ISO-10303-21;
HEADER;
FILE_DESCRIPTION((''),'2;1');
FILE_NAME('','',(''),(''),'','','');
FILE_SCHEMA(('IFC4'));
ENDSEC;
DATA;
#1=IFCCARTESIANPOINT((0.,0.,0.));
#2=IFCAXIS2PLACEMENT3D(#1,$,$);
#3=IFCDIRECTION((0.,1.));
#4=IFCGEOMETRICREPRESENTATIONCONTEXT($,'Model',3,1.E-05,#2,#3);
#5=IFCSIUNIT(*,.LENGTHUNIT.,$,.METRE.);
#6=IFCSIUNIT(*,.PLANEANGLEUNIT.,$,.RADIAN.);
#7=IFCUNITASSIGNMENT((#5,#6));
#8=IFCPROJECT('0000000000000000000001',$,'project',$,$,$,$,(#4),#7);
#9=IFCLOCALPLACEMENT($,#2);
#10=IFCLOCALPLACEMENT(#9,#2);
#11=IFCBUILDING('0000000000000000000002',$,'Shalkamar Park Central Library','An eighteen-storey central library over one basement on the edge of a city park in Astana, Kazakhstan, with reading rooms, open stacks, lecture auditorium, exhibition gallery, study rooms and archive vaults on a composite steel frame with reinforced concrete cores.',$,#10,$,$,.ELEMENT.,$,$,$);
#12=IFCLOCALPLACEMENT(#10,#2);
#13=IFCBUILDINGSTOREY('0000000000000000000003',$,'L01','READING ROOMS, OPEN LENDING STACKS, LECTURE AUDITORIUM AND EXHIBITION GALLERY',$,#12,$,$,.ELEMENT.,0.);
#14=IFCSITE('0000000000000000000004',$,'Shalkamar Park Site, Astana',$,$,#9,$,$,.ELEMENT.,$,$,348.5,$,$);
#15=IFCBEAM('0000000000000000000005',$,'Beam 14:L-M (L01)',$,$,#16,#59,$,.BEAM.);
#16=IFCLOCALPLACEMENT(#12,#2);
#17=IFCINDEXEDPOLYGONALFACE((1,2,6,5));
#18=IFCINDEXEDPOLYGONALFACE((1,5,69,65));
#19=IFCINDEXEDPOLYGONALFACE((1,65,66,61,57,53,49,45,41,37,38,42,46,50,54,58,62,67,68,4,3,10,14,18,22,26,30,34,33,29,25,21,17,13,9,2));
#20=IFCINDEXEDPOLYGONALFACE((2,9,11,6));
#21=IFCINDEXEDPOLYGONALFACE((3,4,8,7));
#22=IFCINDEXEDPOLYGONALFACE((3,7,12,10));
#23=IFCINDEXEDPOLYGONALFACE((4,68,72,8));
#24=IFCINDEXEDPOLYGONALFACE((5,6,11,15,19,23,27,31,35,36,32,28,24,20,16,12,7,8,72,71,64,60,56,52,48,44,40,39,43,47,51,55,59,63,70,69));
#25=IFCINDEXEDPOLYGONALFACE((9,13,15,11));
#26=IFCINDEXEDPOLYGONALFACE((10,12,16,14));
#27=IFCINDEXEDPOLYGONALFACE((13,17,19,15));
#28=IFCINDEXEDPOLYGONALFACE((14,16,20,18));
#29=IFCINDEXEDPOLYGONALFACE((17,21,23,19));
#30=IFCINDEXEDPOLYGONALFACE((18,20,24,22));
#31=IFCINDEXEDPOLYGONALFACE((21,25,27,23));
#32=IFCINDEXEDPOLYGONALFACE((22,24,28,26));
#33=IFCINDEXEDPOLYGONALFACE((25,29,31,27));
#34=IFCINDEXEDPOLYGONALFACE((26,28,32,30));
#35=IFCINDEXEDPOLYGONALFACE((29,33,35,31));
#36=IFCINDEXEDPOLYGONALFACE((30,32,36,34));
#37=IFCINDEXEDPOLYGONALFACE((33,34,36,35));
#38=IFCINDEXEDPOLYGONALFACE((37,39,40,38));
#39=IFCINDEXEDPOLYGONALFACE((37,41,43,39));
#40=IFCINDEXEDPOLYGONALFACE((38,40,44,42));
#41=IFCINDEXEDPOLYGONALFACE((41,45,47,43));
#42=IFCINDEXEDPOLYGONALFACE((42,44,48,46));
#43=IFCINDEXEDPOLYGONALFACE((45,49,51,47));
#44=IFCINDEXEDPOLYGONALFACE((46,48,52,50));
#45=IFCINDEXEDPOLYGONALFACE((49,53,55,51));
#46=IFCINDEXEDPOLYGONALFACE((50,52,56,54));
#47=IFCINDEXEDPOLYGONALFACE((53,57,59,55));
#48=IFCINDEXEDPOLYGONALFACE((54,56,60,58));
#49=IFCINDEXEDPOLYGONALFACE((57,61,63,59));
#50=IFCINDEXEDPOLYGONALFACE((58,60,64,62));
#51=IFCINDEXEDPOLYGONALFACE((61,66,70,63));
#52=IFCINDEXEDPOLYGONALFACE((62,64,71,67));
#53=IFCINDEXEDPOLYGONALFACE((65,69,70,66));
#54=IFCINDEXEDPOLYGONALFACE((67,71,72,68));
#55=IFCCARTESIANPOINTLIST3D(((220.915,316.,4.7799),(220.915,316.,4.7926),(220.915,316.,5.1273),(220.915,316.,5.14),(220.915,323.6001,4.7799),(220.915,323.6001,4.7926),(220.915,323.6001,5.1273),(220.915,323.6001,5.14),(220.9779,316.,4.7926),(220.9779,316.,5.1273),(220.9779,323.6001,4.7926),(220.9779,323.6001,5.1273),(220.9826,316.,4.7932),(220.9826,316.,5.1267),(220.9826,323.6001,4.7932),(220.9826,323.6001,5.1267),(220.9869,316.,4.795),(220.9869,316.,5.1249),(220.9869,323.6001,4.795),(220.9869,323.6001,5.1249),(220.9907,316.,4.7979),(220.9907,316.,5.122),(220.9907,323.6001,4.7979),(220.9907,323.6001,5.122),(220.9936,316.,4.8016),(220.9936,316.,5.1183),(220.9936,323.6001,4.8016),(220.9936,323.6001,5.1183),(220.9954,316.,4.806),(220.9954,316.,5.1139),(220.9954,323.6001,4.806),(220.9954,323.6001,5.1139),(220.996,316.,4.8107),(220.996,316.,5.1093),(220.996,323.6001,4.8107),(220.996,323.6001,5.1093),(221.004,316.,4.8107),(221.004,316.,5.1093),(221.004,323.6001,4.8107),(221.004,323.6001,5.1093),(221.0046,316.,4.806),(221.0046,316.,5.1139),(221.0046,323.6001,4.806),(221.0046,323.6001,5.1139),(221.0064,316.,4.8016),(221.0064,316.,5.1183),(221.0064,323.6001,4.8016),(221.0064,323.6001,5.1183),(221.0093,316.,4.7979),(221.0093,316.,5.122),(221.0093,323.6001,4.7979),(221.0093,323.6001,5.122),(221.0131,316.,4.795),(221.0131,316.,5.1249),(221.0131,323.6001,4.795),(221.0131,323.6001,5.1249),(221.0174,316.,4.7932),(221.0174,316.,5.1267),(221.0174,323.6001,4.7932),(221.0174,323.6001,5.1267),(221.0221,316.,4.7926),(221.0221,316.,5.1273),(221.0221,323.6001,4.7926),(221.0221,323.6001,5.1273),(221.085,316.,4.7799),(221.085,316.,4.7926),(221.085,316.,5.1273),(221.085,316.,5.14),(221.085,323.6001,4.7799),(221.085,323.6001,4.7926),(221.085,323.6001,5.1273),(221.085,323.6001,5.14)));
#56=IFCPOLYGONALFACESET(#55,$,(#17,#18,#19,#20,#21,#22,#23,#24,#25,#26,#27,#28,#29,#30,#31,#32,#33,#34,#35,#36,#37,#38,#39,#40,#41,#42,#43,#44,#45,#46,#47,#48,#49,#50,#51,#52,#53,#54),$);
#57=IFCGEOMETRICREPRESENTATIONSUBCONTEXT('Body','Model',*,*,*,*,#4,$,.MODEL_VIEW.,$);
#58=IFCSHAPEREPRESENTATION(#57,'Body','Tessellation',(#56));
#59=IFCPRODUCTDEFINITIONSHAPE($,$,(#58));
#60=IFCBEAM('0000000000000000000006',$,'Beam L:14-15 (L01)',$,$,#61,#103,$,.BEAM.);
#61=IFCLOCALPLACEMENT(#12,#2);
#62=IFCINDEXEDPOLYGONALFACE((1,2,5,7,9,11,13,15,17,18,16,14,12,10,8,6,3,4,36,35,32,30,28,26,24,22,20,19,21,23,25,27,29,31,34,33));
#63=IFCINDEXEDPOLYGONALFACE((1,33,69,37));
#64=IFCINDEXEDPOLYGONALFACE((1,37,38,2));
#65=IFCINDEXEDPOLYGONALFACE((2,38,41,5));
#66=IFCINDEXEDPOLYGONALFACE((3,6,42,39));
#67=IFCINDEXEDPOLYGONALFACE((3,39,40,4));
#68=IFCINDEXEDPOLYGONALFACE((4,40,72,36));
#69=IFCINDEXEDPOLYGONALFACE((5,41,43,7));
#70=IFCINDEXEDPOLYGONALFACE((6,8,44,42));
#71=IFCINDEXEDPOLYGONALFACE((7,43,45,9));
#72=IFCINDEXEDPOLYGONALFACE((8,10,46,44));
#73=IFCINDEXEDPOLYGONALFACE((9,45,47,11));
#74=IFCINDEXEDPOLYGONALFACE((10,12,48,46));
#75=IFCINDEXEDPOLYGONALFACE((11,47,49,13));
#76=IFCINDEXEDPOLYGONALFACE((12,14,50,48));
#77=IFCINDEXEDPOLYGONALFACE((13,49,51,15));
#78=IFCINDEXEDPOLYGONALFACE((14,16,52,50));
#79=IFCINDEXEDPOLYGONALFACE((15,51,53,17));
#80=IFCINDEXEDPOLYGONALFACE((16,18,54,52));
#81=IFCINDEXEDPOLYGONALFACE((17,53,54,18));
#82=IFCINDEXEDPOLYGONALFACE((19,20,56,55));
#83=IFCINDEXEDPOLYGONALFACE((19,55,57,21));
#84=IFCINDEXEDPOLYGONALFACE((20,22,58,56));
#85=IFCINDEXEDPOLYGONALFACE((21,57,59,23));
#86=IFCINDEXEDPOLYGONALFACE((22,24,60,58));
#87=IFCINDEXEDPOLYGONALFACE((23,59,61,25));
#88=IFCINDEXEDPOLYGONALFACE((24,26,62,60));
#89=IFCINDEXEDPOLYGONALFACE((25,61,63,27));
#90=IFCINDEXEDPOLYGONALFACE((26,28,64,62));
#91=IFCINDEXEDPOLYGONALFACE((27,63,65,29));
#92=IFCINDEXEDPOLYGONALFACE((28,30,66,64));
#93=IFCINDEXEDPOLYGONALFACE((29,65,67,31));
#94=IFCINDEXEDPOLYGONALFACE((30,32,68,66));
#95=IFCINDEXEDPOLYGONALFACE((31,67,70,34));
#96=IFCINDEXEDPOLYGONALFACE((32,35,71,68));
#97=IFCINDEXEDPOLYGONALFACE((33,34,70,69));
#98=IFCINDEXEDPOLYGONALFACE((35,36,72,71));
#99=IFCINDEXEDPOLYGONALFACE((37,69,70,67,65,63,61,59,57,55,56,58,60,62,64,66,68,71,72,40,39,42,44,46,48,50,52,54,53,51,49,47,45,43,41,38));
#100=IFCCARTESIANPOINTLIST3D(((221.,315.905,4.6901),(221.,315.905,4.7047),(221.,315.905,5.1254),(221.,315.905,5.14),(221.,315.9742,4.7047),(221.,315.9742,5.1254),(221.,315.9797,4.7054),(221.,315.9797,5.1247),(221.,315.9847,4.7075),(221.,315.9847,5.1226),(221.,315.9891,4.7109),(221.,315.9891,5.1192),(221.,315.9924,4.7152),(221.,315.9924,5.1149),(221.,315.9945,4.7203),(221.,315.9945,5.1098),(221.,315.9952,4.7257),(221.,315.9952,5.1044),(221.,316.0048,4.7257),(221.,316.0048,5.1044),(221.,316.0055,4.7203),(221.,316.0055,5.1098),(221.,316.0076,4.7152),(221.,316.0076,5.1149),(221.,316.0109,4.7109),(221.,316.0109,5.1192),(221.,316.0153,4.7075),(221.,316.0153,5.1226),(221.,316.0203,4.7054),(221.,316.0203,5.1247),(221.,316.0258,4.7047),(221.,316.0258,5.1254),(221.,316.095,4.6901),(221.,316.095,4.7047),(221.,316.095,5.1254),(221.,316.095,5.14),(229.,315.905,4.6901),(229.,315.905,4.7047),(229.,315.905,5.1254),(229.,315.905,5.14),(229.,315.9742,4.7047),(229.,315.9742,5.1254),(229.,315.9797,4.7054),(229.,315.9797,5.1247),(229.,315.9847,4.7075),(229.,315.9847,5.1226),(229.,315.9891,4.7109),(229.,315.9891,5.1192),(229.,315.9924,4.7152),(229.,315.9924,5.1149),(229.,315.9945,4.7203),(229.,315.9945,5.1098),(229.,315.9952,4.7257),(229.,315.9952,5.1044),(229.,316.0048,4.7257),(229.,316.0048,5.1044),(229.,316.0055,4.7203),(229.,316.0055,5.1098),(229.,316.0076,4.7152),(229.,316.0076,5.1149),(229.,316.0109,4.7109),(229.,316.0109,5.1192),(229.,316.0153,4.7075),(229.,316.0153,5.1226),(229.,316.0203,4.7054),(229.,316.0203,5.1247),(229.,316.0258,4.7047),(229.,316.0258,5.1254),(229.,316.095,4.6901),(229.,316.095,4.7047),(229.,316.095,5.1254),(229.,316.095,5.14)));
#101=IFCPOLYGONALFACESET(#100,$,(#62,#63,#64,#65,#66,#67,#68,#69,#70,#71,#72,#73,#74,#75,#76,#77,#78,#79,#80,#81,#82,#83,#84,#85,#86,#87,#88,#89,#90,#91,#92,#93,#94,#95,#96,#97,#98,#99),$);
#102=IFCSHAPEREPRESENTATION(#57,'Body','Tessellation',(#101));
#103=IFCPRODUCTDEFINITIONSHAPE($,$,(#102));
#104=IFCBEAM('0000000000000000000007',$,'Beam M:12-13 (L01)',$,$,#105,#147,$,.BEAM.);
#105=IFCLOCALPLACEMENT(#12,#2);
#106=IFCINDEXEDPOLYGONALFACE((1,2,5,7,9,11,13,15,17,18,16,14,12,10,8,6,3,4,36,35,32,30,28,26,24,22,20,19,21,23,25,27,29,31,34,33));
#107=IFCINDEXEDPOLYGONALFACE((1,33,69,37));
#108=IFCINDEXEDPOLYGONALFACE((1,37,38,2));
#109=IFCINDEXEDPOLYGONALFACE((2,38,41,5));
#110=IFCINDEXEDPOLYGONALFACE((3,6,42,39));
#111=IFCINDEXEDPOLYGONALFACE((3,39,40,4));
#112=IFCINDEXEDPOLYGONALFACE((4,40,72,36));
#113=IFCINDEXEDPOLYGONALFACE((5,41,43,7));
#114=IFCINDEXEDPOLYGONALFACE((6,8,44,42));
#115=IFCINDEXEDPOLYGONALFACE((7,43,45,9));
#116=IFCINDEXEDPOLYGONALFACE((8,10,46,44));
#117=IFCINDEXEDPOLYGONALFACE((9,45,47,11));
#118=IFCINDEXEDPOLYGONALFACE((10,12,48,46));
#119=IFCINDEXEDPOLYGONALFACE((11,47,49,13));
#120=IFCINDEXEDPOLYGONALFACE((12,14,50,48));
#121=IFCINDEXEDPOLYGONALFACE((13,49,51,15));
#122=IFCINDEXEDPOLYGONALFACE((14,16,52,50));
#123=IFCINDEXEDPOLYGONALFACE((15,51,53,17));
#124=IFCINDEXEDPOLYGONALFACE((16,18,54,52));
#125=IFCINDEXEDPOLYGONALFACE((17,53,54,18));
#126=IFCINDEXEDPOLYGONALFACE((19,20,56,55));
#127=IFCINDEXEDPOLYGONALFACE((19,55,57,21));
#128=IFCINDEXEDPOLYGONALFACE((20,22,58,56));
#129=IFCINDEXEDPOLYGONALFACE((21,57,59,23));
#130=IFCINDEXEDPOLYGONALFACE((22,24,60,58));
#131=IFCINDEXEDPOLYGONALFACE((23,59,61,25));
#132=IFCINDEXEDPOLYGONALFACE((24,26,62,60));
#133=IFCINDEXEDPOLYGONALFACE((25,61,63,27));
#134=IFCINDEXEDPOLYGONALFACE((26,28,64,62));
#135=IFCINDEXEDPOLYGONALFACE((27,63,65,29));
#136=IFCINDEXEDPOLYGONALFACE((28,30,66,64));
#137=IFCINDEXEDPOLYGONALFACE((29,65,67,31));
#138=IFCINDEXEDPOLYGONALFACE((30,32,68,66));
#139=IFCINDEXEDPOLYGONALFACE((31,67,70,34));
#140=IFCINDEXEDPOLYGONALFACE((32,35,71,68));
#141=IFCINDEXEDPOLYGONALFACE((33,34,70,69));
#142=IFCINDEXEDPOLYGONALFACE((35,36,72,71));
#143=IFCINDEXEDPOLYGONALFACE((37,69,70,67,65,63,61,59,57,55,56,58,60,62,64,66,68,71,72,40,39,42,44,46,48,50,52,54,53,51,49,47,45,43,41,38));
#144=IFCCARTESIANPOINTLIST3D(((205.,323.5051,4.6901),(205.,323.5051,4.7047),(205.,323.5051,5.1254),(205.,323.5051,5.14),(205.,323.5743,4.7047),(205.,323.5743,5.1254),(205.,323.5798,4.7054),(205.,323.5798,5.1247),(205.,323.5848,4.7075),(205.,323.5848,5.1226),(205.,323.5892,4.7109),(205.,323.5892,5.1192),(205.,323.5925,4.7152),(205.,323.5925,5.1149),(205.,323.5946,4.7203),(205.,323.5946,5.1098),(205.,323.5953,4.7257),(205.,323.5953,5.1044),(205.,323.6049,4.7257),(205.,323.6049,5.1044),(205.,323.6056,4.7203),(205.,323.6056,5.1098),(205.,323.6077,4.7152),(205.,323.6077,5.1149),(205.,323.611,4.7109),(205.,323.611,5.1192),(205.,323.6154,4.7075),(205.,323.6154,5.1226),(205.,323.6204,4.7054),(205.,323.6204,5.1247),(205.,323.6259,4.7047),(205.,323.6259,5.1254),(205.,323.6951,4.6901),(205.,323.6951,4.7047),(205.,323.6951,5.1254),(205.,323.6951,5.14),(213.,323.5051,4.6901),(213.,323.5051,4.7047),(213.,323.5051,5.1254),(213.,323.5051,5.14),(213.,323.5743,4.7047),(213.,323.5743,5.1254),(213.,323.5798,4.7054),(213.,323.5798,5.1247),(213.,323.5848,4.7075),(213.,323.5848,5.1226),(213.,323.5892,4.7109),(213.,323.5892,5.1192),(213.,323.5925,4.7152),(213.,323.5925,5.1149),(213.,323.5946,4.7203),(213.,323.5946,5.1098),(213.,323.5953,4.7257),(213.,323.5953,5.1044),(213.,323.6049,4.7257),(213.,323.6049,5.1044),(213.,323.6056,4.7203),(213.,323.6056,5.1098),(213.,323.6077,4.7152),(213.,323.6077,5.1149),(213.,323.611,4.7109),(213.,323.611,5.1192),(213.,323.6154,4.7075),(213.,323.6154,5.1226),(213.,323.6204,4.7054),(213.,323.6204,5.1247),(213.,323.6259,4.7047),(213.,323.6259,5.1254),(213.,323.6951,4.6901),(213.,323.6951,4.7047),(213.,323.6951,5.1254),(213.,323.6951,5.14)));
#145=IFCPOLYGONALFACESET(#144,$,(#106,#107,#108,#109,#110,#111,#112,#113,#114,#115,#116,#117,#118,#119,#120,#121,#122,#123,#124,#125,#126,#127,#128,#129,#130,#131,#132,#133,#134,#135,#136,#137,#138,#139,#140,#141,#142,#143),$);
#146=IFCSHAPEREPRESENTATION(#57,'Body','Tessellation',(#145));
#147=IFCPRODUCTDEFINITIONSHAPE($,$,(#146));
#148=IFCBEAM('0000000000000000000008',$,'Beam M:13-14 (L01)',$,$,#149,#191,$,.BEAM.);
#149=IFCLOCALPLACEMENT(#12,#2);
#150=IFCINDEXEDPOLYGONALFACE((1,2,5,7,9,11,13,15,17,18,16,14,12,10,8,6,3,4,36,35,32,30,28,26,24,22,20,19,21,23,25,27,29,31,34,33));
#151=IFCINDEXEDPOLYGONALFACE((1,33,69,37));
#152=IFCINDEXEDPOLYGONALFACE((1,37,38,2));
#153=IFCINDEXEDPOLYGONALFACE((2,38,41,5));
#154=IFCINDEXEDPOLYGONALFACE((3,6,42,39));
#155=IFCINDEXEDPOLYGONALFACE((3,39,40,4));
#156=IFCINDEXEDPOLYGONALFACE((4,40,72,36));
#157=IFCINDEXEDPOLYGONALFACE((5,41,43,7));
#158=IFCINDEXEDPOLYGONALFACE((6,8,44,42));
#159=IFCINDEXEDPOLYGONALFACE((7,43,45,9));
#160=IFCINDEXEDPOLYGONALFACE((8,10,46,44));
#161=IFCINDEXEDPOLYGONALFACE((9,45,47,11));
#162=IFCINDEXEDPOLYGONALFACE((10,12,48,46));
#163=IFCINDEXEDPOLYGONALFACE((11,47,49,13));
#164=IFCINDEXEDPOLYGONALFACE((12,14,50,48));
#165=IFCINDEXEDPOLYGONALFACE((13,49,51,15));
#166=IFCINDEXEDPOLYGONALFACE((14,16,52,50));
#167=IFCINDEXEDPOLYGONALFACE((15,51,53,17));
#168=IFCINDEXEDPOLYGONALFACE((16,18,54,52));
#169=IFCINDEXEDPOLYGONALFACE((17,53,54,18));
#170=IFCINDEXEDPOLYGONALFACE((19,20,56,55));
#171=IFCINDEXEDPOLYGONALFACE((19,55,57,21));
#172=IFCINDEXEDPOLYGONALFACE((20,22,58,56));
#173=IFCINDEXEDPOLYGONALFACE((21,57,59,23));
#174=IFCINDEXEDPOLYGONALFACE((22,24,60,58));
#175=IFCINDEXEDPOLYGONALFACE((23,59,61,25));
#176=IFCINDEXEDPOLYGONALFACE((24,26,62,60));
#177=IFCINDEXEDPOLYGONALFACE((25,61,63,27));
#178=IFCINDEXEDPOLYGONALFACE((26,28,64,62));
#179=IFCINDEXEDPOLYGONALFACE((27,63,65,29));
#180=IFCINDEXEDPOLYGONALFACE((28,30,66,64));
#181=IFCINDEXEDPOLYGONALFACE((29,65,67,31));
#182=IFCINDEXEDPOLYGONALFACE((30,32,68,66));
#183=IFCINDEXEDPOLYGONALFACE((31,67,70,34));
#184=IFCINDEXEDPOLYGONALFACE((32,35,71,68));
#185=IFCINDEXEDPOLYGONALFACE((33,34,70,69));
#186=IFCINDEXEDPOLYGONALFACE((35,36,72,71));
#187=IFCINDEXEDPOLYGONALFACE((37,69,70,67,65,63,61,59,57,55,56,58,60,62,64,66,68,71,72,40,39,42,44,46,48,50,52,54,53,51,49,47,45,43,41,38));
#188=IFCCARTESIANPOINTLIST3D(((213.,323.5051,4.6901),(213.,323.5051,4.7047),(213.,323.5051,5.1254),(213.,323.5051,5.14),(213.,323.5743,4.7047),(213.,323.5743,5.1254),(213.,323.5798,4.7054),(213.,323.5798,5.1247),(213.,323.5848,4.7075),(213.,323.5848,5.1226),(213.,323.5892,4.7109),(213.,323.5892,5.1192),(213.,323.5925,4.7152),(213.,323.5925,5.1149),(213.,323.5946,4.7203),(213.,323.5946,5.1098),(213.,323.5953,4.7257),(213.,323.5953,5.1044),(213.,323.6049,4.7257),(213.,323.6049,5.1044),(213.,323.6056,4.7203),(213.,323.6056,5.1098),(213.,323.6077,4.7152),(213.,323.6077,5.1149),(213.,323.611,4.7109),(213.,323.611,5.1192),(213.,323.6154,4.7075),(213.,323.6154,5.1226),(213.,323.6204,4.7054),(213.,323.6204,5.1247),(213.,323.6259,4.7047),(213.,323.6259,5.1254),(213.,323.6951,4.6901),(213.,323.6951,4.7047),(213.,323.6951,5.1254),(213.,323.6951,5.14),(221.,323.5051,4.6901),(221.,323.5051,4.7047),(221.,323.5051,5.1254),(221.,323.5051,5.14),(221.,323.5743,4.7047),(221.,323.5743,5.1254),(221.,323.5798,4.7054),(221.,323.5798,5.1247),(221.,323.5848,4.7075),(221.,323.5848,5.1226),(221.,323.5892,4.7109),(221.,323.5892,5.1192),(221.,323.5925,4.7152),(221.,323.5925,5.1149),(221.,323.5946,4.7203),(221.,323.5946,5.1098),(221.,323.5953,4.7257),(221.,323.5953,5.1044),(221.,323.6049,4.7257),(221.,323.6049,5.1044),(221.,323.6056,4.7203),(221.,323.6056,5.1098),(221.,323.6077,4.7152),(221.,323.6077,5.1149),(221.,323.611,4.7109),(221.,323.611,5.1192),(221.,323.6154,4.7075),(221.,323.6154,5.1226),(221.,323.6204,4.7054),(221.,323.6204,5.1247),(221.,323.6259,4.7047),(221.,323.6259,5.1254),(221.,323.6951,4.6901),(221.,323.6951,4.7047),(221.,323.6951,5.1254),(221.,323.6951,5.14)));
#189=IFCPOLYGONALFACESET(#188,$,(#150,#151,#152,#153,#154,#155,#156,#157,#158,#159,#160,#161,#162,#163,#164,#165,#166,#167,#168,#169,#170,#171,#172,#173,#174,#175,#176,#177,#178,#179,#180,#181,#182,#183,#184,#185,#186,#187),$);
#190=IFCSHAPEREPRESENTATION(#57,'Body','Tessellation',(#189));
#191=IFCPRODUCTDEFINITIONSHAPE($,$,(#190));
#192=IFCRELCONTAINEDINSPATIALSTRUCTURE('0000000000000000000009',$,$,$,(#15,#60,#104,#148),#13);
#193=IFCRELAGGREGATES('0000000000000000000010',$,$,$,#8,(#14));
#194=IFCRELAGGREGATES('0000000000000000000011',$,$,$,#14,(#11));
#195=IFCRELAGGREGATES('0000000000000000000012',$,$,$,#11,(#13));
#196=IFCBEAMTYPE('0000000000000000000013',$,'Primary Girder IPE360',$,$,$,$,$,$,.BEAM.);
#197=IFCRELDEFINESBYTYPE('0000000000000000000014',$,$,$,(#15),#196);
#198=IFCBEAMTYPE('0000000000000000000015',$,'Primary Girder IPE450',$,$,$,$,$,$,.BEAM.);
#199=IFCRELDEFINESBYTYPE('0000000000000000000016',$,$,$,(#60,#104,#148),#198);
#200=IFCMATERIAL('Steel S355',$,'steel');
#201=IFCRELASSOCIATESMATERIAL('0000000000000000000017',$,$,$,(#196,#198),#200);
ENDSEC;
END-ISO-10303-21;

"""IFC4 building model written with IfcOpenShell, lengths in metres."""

from ifc_helpers import new_model, si_unit, direction, frame, origin, origin_2d, place, context, subcontext, project, spatial, i_section, extrude, material, material_profile, profile_set, type_object, element, save


model = new_model("IFC4")

# Units and contexts
model_context = context("Model", 3, precision=1e-05, world=origin(), true_north=direction((0.0, 1.0)))
body_context = subcontext(model_context, "Body", "Model", "MODEL_VIEW")
ifc_project = project(units=[si_unit("LENGTHUNIT", "METRE"), si_unit("PLANEANGLEUNIT", "RADIAN")], contexts=[model_context])

# Site, building, storey
site_placement = place(None, origin())
site = spatial("IfcSite", under=ifc_project, at=site_placement, Name="Shalkamar Park Site, Astana", CompositionType="ELEMENT", RefElevation=348.5)
building_placement = place(site_placement, origin())
building = spatial("IfcBuilding", under=site, at=building_placement, Name="Shalkamar Park Central Library", Description="An eighteen-storey central library over one basement on the edge of a city park in Astana, Kazakhstan, with reading rooms, open stacks, lecture auditorium, exhibition gallery, study rooms and archive vaults on a composite steel frame with reinforced concrete cores.", CompositionType="ELEMENT")
storey_placement = place(building_placement, origin())
storey = spatial("IfcBuildingStorey", under=building, at=storey_placement, Name="L01", Description="READING ROOMS, OPEN LENDING STACKS, LECTURE AUDITORIUM AND EXHIBITION GALLERY", CompositionType="ELEMENT", Elevation=0.0)

# Shared definitions
ifc_material_1 = material(Name="Steel S355", Category="steel")

# Beams
ifc_material_profile_1 = material_profile(ifc_material_1, i_section(OverallWidth=0.1699, OverallDepth=0.3601, WebThickness=0.0081, FlangeThickness=0.0127, FilletRadius=0.0181, at=origin_2d()), Name="IPE 360")
ifc_profile_set_1 = profile_set([ifc_material_profile_1], Name="Steel S355")
beam_type_1 = type_object("IfcBeamType", Name="Primary Girder IPE360", PredefinedType="BEAM", material=ifc_profile_set_1)
for number, where, z_axis, x_axis, name in (
    (1, (221.0, 316.0, 4.96), (0.0, 1.0, 0.0), (-1.0, 0.0, 0.0), "Beam 14:L-M (L01)"),
):
    element("IfcBeam", number, at=place(storey_placement, frame(where, z_axis=z_axis, x_axis=x_axis)), inside=storey, type_object=beam_type_1, Name=name, PredefinedType="BEAM", context=body_context, shape_type="SweptSolid", body=[
        extrude(i_section(OverallWidth=0.1699, OverallDepth=0.3601, WebThickness=0.0081, FlangeThickness=0.0127, FilletRadius=0.0181, at=origin_2d()), origin(), (0.0, 0.0, 1.0), 7.6001),
    ])
ifc_material_profile_2 = material_profile(ifc_material_1, i_section(OverallWidth=0.1899, OverallDepth=0.45, WebThickness=0.0095, FlangeThickness=0.0146, FilletRadius=0.021, at=origin_2d()), Name="IPE 450")
ifc_profile_set_2 = profile_set([ifc_material_profile_2], Name="Steel S355")
beam_type_2 = type_object("IfcBeamType", Name="Primary Girder IPE450", PredefinedType="BEAM", material=ifc_profile_set_2)
for number, where, z_axis, x_axis, name in (
    (2, (221.0, 316.0, 4.915), (1.0, 0.0, 0.0), (0.0, 1.0, 0.0), "Beam L:14-15 (L01)"),
    (3, (205.0, 323.6001, 4.915), (1.0, 0.0, 0.0), (0.0, 1.0, 0.0), "Beam M:12-13 (L01)"),
    (4, (213.0, 323.6001, 4.915), (1.0, 0.0, 0.0), (0.0, 1.0, 0.0), "Beam M:13-14 (L01)"),
):
    element("IfcBeam", number, at=place(storey_placement, frame(where, z_axis=z_axis, x_axis=x_axis)), inside=storey, type_object=beam_type_2, Name=name, PredefinedType="BEAM", context=body_context, shape_type="SweptSolid", body=[
        extrude(i_section(OverallWidth=0.1899, OverallDepth=0.45, WebThickness=0.0095, FlangeThickness=0.0146, FilletRadius=0.021, at=origin_2d()), origin(), (0.0, 0.0, 1.0), 8.0),
    ])

save(model, "model.ifc")
